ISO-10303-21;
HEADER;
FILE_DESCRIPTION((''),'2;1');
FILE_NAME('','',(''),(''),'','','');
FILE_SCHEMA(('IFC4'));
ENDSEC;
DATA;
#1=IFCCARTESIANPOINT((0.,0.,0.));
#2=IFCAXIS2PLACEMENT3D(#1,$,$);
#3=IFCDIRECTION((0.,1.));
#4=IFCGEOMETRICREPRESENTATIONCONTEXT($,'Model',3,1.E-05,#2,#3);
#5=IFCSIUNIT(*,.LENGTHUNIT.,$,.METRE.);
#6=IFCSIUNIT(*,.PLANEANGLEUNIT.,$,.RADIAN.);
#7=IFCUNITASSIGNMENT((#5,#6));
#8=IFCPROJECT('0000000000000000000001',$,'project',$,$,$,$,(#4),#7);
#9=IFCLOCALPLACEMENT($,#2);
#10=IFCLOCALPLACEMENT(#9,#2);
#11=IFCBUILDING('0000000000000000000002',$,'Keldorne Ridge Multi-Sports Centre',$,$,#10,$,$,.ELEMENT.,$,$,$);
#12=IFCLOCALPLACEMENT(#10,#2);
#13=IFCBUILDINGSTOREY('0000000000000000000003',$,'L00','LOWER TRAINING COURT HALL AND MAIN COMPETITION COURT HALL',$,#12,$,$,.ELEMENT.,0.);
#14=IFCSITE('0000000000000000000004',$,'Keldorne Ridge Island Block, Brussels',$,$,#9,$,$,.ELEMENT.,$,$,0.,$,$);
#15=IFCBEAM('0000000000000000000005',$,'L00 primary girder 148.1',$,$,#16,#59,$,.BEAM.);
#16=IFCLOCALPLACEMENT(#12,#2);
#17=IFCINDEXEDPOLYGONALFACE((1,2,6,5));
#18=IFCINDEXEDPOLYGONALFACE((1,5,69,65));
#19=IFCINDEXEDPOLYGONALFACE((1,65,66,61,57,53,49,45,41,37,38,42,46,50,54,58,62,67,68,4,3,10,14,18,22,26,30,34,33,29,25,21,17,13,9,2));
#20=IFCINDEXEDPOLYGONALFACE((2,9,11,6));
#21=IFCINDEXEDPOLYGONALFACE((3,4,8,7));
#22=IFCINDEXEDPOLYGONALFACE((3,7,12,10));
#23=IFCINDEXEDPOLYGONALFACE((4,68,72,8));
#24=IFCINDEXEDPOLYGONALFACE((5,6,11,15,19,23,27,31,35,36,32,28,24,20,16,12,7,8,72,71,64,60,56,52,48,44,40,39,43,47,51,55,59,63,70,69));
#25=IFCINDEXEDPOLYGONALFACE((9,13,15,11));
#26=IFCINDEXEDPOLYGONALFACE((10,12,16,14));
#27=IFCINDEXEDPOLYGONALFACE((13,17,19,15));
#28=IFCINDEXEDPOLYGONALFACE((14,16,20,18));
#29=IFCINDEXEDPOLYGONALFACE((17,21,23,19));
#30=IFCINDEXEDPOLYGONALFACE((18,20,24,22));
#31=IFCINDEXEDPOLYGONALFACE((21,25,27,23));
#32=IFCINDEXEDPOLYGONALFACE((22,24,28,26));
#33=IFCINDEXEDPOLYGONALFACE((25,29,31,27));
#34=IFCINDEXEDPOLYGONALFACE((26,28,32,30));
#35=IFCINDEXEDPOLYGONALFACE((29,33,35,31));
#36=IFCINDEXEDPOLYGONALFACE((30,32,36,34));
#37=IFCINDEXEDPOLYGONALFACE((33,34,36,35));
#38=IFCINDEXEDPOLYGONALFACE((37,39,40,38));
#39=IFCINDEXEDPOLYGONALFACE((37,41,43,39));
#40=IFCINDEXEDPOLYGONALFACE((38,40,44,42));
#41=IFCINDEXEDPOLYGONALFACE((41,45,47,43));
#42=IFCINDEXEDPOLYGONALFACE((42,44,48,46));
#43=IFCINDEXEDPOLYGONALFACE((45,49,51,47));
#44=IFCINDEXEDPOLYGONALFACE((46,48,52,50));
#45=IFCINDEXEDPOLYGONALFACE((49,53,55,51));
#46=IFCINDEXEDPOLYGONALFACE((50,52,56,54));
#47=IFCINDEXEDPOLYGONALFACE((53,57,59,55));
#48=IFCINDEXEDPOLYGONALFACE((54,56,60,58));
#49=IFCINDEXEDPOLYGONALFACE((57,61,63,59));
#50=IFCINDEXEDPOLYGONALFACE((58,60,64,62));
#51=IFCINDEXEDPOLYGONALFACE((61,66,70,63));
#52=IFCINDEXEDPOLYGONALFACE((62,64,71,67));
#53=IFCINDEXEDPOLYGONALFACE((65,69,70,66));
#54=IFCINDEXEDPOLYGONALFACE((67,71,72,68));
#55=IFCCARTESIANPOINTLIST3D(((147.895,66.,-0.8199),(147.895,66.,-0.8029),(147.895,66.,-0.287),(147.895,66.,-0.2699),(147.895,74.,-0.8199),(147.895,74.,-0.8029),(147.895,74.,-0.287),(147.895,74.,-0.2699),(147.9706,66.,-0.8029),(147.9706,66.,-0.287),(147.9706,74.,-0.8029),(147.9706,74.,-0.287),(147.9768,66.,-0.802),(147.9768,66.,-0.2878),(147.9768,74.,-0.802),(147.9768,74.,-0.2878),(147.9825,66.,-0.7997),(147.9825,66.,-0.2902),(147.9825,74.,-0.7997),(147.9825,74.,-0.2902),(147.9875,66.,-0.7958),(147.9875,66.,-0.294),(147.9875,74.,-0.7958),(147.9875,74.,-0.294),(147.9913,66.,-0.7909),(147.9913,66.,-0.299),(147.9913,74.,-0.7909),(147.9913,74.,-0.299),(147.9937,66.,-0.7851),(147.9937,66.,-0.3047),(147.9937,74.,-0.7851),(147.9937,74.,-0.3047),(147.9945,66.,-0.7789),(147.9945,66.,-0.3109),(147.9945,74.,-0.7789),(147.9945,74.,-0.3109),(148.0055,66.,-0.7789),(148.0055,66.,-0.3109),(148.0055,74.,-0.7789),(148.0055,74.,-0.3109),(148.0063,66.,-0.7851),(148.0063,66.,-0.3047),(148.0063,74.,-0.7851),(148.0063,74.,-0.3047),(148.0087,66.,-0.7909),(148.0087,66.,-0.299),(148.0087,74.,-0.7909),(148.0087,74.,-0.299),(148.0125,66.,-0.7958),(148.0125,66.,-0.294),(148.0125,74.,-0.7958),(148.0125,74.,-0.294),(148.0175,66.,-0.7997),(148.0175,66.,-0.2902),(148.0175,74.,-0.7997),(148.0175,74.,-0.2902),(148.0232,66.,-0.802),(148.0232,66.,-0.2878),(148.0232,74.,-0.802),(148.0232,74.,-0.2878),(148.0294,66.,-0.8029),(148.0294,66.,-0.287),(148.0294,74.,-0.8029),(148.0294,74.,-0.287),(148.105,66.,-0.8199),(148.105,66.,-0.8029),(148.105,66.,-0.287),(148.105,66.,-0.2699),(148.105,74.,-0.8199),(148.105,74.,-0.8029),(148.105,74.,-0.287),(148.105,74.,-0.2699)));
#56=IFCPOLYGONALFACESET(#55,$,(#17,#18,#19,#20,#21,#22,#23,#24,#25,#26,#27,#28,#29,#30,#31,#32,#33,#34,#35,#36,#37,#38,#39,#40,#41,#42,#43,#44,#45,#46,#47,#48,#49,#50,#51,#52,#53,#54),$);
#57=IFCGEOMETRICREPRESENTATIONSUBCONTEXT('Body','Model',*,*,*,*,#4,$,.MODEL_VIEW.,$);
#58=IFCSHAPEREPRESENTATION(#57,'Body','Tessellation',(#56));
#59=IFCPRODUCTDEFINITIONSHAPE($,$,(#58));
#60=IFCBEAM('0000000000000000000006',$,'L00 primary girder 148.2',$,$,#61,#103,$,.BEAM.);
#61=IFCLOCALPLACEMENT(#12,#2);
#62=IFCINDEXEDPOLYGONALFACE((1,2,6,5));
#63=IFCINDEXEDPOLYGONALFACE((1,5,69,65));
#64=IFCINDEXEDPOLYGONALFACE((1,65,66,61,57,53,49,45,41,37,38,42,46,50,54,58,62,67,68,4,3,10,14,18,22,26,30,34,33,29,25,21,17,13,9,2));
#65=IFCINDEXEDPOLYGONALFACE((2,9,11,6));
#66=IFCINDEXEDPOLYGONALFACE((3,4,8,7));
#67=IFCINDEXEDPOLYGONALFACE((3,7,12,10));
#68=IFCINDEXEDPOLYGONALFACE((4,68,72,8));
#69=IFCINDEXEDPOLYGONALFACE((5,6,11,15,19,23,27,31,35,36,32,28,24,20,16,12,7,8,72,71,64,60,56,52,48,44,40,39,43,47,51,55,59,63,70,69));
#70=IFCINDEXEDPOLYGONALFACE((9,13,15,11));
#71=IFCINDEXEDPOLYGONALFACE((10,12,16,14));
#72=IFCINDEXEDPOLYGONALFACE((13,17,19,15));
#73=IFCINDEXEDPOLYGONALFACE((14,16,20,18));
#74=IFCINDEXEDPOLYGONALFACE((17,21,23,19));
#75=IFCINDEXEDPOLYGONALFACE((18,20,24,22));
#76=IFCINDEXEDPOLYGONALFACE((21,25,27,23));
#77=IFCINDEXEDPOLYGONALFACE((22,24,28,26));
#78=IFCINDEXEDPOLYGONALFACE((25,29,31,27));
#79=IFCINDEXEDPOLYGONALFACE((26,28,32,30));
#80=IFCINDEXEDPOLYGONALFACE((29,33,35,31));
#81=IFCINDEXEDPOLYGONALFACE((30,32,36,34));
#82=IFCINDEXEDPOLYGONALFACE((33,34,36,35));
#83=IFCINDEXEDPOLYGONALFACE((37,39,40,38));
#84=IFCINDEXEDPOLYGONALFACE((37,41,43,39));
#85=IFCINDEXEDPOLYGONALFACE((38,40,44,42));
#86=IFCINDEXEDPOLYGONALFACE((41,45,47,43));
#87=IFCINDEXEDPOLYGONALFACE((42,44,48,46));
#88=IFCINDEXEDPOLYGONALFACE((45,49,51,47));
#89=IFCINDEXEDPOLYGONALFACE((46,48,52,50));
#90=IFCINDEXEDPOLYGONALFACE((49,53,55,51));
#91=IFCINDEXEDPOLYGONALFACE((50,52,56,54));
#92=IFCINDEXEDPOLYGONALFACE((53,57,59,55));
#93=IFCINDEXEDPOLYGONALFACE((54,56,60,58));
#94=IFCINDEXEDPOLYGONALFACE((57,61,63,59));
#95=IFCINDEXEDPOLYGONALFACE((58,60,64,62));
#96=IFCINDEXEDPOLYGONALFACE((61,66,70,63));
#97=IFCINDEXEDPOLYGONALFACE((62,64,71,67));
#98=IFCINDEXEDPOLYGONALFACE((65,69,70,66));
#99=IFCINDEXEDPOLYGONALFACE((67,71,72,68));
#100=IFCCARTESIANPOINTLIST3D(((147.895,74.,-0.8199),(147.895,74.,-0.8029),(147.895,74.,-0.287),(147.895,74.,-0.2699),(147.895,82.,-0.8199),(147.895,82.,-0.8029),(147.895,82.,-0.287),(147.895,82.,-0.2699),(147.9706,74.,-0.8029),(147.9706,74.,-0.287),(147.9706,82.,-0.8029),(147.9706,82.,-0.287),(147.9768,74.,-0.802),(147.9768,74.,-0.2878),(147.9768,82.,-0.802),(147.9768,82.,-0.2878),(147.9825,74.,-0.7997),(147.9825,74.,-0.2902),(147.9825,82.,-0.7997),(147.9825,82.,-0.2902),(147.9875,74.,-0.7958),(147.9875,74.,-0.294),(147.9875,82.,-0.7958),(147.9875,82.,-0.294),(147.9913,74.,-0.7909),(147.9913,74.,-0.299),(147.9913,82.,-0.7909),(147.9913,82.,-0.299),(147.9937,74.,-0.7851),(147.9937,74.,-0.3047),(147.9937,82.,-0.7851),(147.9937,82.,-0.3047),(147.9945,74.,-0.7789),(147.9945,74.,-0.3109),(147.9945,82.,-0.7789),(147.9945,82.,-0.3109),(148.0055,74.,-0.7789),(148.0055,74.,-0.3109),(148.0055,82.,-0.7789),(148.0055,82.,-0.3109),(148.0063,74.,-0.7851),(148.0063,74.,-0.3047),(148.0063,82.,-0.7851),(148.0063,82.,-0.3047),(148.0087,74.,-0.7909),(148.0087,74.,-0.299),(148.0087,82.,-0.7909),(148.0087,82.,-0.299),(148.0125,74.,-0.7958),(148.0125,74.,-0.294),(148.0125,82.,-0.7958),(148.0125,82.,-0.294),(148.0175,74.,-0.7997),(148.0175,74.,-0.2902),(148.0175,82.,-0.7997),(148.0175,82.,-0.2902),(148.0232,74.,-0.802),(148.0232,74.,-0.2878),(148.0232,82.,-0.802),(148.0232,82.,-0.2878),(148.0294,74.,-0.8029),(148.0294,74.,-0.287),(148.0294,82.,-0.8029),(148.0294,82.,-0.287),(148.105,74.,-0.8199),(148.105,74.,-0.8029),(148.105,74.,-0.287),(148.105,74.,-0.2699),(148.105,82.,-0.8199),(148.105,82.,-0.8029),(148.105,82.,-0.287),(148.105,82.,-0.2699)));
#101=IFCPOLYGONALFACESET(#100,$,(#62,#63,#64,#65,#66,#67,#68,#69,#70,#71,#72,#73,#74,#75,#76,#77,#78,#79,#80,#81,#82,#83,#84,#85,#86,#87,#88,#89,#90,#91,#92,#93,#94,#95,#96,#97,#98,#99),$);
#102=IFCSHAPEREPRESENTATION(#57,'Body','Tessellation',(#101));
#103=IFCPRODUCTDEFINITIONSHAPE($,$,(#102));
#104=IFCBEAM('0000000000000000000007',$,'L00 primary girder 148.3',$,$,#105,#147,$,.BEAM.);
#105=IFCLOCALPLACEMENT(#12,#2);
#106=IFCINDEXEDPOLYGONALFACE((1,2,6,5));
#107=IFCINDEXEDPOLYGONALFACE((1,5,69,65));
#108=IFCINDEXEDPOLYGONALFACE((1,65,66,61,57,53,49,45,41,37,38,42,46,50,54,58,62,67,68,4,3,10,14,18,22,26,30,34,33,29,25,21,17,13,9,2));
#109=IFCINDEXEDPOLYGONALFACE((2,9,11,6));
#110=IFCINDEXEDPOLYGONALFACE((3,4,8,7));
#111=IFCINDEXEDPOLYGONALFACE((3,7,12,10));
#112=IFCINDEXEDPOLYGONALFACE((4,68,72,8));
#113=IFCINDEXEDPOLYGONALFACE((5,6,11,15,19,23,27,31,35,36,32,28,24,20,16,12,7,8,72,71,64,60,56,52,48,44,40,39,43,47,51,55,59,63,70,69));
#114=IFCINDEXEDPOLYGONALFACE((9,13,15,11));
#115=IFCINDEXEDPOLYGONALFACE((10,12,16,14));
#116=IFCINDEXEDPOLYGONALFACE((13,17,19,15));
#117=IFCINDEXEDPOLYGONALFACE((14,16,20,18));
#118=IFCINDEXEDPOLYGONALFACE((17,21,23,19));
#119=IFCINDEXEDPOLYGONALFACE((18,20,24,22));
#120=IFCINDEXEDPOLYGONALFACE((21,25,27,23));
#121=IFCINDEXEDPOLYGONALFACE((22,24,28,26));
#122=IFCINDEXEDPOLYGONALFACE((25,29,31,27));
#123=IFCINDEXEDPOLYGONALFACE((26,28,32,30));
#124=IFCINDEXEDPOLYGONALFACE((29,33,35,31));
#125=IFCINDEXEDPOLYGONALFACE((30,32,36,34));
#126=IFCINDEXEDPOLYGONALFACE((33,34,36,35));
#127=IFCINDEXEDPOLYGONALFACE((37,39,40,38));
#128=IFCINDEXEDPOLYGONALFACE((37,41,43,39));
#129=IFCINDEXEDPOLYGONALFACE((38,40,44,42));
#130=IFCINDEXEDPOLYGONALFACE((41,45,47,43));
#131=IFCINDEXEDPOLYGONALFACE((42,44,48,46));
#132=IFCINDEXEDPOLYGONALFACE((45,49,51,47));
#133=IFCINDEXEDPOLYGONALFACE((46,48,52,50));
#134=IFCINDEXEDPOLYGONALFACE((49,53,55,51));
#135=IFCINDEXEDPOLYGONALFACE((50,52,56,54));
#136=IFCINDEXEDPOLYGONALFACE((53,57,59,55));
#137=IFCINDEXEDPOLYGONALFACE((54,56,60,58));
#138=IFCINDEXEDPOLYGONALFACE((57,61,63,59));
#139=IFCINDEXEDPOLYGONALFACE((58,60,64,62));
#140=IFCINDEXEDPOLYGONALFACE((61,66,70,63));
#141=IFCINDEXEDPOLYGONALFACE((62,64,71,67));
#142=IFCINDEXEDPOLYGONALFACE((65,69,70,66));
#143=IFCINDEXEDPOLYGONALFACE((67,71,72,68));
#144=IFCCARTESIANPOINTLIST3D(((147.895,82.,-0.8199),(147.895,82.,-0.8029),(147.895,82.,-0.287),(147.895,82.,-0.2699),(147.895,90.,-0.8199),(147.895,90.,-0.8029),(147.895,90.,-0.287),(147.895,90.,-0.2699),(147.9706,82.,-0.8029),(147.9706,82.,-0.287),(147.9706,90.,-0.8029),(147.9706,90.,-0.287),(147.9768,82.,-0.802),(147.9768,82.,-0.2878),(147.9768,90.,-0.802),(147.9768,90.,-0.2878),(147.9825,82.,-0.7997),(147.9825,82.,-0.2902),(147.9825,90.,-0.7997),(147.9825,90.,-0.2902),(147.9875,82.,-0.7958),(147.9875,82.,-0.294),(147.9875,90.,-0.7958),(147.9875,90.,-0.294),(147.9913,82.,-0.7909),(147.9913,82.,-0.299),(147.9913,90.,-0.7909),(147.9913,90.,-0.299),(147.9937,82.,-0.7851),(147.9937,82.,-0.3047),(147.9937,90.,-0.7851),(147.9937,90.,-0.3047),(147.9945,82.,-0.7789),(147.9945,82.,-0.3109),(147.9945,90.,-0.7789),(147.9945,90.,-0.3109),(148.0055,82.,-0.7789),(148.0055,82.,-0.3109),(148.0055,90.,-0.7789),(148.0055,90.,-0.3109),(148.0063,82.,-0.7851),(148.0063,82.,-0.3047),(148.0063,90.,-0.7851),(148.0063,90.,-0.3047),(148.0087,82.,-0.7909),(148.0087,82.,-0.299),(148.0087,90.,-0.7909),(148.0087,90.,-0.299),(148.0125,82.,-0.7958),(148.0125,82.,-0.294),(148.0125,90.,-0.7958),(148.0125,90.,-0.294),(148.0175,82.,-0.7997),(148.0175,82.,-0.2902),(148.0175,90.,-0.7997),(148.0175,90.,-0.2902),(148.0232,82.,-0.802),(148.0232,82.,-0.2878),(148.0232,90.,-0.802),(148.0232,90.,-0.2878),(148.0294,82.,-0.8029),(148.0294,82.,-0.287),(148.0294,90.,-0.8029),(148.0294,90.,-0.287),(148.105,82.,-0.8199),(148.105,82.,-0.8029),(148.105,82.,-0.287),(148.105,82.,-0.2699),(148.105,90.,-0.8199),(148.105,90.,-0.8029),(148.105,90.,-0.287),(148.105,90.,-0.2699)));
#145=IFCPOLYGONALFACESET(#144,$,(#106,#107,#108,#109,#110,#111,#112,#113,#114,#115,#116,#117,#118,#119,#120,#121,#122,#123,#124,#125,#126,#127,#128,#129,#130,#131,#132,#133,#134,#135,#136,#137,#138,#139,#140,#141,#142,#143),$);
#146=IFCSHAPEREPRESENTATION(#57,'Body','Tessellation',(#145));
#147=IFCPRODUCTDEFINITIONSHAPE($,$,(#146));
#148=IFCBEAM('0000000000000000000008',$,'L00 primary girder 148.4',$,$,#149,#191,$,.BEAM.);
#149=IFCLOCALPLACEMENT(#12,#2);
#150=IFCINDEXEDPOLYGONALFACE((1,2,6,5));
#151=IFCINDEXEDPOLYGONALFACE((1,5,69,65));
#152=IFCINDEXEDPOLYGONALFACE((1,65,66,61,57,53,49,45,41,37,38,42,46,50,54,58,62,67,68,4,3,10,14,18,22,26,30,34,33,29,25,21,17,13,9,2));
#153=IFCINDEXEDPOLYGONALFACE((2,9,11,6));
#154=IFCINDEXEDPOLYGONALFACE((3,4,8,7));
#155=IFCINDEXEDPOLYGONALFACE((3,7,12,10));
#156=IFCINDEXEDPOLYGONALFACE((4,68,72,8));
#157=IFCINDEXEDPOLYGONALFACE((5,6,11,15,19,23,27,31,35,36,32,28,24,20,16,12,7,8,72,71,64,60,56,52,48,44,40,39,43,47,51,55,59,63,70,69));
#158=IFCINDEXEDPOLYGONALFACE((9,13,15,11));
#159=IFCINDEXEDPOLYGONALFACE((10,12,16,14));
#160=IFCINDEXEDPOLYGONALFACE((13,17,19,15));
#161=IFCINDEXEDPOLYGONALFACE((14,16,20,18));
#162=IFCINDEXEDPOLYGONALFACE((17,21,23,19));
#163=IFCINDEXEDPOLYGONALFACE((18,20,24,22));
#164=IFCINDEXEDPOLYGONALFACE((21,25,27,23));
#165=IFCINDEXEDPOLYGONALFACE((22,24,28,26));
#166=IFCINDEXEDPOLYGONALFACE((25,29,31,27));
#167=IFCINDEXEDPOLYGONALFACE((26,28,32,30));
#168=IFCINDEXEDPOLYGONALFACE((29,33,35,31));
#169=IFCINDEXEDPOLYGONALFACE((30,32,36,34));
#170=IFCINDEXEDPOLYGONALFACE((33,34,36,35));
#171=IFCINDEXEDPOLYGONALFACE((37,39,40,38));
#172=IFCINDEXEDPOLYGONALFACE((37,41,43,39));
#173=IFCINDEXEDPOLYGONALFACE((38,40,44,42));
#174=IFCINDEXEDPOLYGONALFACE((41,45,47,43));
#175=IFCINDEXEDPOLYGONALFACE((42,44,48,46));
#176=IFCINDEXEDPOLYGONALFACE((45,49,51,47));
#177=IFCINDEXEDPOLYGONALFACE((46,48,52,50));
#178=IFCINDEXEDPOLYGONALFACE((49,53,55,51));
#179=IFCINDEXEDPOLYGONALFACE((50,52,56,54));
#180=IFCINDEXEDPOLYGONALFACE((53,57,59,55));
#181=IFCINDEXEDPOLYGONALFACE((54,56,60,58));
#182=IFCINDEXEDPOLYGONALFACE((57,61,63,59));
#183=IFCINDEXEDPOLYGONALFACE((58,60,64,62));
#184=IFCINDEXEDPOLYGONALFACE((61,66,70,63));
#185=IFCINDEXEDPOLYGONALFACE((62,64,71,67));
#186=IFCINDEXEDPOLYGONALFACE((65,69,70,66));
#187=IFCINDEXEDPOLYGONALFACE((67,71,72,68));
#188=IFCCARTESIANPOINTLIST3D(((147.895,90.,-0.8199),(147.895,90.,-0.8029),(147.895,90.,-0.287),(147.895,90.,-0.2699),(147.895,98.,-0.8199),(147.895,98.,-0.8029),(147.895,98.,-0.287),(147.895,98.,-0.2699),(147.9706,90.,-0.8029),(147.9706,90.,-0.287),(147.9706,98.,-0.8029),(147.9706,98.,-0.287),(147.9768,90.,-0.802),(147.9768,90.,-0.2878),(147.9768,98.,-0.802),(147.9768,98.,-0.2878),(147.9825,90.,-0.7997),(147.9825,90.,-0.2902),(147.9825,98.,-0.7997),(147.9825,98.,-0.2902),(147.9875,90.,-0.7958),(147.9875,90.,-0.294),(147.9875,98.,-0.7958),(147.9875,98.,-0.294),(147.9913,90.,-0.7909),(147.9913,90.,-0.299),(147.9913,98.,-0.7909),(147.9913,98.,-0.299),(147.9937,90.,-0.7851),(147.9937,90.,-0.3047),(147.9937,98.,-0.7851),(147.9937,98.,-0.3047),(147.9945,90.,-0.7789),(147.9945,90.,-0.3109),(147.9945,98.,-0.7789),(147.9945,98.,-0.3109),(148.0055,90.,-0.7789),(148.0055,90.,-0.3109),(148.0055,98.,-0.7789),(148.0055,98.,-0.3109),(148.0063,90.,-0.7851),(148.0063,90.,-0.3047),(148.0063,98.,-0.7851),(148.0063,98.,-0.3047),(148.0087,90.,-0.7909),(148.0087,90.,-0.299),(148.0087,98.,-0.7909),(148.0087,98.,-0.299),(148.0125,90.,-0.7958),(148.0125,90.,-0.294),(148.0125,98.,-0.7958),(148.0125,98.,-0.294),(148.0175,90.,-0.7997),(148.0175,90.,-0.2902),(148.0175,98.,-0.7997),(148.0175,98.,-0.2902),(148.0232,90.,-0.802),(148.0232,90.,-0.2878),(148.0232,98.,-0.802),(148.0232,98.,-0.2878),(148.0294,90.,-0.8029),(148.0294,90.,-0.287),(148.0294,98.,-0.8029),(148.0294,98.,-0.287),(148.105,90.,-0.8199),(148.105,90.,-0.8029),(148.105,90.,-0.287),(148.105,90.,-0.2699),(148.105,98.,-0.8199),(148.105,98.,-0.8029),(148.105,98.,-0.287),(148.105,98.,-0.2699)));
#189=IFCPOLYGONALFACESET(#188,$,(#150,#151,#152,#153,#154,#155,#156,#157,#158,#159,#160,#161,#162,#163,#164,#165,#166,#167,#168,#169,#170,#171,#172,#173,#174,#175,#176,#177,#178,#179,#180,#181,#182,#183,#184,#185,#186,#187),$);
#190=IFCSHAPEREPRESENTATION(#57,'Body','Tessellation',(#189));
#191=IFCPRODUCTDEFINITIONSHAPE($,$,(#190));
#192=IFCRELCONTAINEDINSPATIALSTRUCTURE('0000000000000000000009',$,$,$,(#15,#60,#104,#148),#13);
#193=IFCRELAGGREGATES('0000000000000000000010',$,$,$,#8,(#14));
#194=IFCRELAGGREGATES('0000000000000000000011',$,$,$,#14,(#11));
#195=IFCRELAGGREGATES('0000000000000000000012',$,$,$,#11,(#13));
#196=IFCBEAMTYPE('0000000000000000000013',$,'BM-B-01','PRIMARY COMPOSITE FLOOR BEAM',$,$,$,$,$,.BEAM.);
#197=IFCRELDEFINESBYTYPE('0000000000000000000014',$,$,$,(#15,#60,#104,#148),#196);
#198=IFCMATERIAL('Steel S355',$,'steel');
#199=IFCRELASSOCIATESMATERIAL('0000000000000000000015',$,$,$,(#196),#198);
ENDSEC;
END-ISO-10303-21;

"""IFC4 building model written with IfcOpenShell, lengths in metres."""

from ifc_helpers import new_model, si_unit, direction, frame, origin, origin_2d, place, context, subcontext, project, spatial, i_section, extrude, material, material_profile, profile_set, type_object, element, save


model = new_model("IFC4")

# Units and contexts
model_context = context("Model", 3, precision=1e-05, world=origin(), true_north=direction((0.0, 1.0)))
body_context = subcontext(model_context, "Body", "Model", "MODEL_VIEW")
ifc_project = project(units=[si_unit("LENGTHUNIT", "METRE"), si_unit("PLANEANGLEUNIT", "RADIAN")], contexts=[model_context])

# Site, building, storey
site_placement = place(None, origin())
site = spatial("IfcSite", under=ifc_project, at=site_placement, Name="Keldorne Ridge Island Block, Brussels", CompositionType="ELEMENT", RefElevation=0.0)
building_placement = place(site_placement, origin())
building = spatial("IfcBuilding", under=site, at=building_placement, Name="Keldorne Ridge Multi-Sports Centre", CompositionType="ELEMENT")
storey_placement = place(building_placement, origin())
storey = spatial("IfcBuildingStorey", under=building, at=storey_placement, Name="L00", Description="LOWER TRAINING COURT HALL AND MAIN COMPETITION COURT HALL", CompositionType="ELEMENT", Elevation=0.0)

# Shared definitions
ifc_material_1 = material(Name="Steel S355", Category="steel")

# Beams
ifc_material_profile_1 = material_profile(ifc_material_1, i_section(OverallWidth=0.21, OverallDepth=0.55, WebThickness=0.011, FlangeThickness=0.0171, FilletRadius=0.0239, at=origin_2d()), Name="IPE 550")
ifc_profile_set_1 = profile_set([ifc_material_profile_1], Name="Steel S355")
beam_type_1 = type_object("IfcBeamType", Name="BM-B-01", Description="PRIMARY COMPOSITE FLOOR BEAM", PredefinedType="BEAM", material=ifc_profile_set_1)
for number, where, z_axis, x_axis, name in (
    (1, (148.0, 66.0, -0.5449), (0.0, 1.0, 0.0), (-1.0, 0.0, 0.0), "L00 primary girder 148.1"),
    (2, (148.0, 74.0, -0.5449), (0.0, 1.0, 0.0), (-1.0, 0.0, 0.0), "L00 primary girder 148.2"),
    (3, (148.0, 82.0, -0.5449), (0.0, 1.0, 0.0), (-1.0, 0.0, 0.0), "L00 primary girder 148.3"),
    (4, (148.0, 90.0, -0.5449), (0.0, 1.0, 0.0), (-1.0, 0.0, 0.0), "L00 primary girder 148.4"),
):
    element("IfcBeam", number, at=place(storey_placement, frame(where, z_axis=z_axis, x_axis=x_axis)), inside=storey, type_object=beam_type_1, Name=name, PredefinedType="BEAM", context=body_context, shape_type="SweptSolid", body=[
        extrude(i_section(OverallWidth=0.21, OverallDepth=0.55, WebThickness=0.011, FlangeThickness=0.0171, FilletRadius=0.0239, at=origin_2d()), origin(), (0.0, 0.0, 1.0), 8.0),
    ])

save(model, "model.ifc")
